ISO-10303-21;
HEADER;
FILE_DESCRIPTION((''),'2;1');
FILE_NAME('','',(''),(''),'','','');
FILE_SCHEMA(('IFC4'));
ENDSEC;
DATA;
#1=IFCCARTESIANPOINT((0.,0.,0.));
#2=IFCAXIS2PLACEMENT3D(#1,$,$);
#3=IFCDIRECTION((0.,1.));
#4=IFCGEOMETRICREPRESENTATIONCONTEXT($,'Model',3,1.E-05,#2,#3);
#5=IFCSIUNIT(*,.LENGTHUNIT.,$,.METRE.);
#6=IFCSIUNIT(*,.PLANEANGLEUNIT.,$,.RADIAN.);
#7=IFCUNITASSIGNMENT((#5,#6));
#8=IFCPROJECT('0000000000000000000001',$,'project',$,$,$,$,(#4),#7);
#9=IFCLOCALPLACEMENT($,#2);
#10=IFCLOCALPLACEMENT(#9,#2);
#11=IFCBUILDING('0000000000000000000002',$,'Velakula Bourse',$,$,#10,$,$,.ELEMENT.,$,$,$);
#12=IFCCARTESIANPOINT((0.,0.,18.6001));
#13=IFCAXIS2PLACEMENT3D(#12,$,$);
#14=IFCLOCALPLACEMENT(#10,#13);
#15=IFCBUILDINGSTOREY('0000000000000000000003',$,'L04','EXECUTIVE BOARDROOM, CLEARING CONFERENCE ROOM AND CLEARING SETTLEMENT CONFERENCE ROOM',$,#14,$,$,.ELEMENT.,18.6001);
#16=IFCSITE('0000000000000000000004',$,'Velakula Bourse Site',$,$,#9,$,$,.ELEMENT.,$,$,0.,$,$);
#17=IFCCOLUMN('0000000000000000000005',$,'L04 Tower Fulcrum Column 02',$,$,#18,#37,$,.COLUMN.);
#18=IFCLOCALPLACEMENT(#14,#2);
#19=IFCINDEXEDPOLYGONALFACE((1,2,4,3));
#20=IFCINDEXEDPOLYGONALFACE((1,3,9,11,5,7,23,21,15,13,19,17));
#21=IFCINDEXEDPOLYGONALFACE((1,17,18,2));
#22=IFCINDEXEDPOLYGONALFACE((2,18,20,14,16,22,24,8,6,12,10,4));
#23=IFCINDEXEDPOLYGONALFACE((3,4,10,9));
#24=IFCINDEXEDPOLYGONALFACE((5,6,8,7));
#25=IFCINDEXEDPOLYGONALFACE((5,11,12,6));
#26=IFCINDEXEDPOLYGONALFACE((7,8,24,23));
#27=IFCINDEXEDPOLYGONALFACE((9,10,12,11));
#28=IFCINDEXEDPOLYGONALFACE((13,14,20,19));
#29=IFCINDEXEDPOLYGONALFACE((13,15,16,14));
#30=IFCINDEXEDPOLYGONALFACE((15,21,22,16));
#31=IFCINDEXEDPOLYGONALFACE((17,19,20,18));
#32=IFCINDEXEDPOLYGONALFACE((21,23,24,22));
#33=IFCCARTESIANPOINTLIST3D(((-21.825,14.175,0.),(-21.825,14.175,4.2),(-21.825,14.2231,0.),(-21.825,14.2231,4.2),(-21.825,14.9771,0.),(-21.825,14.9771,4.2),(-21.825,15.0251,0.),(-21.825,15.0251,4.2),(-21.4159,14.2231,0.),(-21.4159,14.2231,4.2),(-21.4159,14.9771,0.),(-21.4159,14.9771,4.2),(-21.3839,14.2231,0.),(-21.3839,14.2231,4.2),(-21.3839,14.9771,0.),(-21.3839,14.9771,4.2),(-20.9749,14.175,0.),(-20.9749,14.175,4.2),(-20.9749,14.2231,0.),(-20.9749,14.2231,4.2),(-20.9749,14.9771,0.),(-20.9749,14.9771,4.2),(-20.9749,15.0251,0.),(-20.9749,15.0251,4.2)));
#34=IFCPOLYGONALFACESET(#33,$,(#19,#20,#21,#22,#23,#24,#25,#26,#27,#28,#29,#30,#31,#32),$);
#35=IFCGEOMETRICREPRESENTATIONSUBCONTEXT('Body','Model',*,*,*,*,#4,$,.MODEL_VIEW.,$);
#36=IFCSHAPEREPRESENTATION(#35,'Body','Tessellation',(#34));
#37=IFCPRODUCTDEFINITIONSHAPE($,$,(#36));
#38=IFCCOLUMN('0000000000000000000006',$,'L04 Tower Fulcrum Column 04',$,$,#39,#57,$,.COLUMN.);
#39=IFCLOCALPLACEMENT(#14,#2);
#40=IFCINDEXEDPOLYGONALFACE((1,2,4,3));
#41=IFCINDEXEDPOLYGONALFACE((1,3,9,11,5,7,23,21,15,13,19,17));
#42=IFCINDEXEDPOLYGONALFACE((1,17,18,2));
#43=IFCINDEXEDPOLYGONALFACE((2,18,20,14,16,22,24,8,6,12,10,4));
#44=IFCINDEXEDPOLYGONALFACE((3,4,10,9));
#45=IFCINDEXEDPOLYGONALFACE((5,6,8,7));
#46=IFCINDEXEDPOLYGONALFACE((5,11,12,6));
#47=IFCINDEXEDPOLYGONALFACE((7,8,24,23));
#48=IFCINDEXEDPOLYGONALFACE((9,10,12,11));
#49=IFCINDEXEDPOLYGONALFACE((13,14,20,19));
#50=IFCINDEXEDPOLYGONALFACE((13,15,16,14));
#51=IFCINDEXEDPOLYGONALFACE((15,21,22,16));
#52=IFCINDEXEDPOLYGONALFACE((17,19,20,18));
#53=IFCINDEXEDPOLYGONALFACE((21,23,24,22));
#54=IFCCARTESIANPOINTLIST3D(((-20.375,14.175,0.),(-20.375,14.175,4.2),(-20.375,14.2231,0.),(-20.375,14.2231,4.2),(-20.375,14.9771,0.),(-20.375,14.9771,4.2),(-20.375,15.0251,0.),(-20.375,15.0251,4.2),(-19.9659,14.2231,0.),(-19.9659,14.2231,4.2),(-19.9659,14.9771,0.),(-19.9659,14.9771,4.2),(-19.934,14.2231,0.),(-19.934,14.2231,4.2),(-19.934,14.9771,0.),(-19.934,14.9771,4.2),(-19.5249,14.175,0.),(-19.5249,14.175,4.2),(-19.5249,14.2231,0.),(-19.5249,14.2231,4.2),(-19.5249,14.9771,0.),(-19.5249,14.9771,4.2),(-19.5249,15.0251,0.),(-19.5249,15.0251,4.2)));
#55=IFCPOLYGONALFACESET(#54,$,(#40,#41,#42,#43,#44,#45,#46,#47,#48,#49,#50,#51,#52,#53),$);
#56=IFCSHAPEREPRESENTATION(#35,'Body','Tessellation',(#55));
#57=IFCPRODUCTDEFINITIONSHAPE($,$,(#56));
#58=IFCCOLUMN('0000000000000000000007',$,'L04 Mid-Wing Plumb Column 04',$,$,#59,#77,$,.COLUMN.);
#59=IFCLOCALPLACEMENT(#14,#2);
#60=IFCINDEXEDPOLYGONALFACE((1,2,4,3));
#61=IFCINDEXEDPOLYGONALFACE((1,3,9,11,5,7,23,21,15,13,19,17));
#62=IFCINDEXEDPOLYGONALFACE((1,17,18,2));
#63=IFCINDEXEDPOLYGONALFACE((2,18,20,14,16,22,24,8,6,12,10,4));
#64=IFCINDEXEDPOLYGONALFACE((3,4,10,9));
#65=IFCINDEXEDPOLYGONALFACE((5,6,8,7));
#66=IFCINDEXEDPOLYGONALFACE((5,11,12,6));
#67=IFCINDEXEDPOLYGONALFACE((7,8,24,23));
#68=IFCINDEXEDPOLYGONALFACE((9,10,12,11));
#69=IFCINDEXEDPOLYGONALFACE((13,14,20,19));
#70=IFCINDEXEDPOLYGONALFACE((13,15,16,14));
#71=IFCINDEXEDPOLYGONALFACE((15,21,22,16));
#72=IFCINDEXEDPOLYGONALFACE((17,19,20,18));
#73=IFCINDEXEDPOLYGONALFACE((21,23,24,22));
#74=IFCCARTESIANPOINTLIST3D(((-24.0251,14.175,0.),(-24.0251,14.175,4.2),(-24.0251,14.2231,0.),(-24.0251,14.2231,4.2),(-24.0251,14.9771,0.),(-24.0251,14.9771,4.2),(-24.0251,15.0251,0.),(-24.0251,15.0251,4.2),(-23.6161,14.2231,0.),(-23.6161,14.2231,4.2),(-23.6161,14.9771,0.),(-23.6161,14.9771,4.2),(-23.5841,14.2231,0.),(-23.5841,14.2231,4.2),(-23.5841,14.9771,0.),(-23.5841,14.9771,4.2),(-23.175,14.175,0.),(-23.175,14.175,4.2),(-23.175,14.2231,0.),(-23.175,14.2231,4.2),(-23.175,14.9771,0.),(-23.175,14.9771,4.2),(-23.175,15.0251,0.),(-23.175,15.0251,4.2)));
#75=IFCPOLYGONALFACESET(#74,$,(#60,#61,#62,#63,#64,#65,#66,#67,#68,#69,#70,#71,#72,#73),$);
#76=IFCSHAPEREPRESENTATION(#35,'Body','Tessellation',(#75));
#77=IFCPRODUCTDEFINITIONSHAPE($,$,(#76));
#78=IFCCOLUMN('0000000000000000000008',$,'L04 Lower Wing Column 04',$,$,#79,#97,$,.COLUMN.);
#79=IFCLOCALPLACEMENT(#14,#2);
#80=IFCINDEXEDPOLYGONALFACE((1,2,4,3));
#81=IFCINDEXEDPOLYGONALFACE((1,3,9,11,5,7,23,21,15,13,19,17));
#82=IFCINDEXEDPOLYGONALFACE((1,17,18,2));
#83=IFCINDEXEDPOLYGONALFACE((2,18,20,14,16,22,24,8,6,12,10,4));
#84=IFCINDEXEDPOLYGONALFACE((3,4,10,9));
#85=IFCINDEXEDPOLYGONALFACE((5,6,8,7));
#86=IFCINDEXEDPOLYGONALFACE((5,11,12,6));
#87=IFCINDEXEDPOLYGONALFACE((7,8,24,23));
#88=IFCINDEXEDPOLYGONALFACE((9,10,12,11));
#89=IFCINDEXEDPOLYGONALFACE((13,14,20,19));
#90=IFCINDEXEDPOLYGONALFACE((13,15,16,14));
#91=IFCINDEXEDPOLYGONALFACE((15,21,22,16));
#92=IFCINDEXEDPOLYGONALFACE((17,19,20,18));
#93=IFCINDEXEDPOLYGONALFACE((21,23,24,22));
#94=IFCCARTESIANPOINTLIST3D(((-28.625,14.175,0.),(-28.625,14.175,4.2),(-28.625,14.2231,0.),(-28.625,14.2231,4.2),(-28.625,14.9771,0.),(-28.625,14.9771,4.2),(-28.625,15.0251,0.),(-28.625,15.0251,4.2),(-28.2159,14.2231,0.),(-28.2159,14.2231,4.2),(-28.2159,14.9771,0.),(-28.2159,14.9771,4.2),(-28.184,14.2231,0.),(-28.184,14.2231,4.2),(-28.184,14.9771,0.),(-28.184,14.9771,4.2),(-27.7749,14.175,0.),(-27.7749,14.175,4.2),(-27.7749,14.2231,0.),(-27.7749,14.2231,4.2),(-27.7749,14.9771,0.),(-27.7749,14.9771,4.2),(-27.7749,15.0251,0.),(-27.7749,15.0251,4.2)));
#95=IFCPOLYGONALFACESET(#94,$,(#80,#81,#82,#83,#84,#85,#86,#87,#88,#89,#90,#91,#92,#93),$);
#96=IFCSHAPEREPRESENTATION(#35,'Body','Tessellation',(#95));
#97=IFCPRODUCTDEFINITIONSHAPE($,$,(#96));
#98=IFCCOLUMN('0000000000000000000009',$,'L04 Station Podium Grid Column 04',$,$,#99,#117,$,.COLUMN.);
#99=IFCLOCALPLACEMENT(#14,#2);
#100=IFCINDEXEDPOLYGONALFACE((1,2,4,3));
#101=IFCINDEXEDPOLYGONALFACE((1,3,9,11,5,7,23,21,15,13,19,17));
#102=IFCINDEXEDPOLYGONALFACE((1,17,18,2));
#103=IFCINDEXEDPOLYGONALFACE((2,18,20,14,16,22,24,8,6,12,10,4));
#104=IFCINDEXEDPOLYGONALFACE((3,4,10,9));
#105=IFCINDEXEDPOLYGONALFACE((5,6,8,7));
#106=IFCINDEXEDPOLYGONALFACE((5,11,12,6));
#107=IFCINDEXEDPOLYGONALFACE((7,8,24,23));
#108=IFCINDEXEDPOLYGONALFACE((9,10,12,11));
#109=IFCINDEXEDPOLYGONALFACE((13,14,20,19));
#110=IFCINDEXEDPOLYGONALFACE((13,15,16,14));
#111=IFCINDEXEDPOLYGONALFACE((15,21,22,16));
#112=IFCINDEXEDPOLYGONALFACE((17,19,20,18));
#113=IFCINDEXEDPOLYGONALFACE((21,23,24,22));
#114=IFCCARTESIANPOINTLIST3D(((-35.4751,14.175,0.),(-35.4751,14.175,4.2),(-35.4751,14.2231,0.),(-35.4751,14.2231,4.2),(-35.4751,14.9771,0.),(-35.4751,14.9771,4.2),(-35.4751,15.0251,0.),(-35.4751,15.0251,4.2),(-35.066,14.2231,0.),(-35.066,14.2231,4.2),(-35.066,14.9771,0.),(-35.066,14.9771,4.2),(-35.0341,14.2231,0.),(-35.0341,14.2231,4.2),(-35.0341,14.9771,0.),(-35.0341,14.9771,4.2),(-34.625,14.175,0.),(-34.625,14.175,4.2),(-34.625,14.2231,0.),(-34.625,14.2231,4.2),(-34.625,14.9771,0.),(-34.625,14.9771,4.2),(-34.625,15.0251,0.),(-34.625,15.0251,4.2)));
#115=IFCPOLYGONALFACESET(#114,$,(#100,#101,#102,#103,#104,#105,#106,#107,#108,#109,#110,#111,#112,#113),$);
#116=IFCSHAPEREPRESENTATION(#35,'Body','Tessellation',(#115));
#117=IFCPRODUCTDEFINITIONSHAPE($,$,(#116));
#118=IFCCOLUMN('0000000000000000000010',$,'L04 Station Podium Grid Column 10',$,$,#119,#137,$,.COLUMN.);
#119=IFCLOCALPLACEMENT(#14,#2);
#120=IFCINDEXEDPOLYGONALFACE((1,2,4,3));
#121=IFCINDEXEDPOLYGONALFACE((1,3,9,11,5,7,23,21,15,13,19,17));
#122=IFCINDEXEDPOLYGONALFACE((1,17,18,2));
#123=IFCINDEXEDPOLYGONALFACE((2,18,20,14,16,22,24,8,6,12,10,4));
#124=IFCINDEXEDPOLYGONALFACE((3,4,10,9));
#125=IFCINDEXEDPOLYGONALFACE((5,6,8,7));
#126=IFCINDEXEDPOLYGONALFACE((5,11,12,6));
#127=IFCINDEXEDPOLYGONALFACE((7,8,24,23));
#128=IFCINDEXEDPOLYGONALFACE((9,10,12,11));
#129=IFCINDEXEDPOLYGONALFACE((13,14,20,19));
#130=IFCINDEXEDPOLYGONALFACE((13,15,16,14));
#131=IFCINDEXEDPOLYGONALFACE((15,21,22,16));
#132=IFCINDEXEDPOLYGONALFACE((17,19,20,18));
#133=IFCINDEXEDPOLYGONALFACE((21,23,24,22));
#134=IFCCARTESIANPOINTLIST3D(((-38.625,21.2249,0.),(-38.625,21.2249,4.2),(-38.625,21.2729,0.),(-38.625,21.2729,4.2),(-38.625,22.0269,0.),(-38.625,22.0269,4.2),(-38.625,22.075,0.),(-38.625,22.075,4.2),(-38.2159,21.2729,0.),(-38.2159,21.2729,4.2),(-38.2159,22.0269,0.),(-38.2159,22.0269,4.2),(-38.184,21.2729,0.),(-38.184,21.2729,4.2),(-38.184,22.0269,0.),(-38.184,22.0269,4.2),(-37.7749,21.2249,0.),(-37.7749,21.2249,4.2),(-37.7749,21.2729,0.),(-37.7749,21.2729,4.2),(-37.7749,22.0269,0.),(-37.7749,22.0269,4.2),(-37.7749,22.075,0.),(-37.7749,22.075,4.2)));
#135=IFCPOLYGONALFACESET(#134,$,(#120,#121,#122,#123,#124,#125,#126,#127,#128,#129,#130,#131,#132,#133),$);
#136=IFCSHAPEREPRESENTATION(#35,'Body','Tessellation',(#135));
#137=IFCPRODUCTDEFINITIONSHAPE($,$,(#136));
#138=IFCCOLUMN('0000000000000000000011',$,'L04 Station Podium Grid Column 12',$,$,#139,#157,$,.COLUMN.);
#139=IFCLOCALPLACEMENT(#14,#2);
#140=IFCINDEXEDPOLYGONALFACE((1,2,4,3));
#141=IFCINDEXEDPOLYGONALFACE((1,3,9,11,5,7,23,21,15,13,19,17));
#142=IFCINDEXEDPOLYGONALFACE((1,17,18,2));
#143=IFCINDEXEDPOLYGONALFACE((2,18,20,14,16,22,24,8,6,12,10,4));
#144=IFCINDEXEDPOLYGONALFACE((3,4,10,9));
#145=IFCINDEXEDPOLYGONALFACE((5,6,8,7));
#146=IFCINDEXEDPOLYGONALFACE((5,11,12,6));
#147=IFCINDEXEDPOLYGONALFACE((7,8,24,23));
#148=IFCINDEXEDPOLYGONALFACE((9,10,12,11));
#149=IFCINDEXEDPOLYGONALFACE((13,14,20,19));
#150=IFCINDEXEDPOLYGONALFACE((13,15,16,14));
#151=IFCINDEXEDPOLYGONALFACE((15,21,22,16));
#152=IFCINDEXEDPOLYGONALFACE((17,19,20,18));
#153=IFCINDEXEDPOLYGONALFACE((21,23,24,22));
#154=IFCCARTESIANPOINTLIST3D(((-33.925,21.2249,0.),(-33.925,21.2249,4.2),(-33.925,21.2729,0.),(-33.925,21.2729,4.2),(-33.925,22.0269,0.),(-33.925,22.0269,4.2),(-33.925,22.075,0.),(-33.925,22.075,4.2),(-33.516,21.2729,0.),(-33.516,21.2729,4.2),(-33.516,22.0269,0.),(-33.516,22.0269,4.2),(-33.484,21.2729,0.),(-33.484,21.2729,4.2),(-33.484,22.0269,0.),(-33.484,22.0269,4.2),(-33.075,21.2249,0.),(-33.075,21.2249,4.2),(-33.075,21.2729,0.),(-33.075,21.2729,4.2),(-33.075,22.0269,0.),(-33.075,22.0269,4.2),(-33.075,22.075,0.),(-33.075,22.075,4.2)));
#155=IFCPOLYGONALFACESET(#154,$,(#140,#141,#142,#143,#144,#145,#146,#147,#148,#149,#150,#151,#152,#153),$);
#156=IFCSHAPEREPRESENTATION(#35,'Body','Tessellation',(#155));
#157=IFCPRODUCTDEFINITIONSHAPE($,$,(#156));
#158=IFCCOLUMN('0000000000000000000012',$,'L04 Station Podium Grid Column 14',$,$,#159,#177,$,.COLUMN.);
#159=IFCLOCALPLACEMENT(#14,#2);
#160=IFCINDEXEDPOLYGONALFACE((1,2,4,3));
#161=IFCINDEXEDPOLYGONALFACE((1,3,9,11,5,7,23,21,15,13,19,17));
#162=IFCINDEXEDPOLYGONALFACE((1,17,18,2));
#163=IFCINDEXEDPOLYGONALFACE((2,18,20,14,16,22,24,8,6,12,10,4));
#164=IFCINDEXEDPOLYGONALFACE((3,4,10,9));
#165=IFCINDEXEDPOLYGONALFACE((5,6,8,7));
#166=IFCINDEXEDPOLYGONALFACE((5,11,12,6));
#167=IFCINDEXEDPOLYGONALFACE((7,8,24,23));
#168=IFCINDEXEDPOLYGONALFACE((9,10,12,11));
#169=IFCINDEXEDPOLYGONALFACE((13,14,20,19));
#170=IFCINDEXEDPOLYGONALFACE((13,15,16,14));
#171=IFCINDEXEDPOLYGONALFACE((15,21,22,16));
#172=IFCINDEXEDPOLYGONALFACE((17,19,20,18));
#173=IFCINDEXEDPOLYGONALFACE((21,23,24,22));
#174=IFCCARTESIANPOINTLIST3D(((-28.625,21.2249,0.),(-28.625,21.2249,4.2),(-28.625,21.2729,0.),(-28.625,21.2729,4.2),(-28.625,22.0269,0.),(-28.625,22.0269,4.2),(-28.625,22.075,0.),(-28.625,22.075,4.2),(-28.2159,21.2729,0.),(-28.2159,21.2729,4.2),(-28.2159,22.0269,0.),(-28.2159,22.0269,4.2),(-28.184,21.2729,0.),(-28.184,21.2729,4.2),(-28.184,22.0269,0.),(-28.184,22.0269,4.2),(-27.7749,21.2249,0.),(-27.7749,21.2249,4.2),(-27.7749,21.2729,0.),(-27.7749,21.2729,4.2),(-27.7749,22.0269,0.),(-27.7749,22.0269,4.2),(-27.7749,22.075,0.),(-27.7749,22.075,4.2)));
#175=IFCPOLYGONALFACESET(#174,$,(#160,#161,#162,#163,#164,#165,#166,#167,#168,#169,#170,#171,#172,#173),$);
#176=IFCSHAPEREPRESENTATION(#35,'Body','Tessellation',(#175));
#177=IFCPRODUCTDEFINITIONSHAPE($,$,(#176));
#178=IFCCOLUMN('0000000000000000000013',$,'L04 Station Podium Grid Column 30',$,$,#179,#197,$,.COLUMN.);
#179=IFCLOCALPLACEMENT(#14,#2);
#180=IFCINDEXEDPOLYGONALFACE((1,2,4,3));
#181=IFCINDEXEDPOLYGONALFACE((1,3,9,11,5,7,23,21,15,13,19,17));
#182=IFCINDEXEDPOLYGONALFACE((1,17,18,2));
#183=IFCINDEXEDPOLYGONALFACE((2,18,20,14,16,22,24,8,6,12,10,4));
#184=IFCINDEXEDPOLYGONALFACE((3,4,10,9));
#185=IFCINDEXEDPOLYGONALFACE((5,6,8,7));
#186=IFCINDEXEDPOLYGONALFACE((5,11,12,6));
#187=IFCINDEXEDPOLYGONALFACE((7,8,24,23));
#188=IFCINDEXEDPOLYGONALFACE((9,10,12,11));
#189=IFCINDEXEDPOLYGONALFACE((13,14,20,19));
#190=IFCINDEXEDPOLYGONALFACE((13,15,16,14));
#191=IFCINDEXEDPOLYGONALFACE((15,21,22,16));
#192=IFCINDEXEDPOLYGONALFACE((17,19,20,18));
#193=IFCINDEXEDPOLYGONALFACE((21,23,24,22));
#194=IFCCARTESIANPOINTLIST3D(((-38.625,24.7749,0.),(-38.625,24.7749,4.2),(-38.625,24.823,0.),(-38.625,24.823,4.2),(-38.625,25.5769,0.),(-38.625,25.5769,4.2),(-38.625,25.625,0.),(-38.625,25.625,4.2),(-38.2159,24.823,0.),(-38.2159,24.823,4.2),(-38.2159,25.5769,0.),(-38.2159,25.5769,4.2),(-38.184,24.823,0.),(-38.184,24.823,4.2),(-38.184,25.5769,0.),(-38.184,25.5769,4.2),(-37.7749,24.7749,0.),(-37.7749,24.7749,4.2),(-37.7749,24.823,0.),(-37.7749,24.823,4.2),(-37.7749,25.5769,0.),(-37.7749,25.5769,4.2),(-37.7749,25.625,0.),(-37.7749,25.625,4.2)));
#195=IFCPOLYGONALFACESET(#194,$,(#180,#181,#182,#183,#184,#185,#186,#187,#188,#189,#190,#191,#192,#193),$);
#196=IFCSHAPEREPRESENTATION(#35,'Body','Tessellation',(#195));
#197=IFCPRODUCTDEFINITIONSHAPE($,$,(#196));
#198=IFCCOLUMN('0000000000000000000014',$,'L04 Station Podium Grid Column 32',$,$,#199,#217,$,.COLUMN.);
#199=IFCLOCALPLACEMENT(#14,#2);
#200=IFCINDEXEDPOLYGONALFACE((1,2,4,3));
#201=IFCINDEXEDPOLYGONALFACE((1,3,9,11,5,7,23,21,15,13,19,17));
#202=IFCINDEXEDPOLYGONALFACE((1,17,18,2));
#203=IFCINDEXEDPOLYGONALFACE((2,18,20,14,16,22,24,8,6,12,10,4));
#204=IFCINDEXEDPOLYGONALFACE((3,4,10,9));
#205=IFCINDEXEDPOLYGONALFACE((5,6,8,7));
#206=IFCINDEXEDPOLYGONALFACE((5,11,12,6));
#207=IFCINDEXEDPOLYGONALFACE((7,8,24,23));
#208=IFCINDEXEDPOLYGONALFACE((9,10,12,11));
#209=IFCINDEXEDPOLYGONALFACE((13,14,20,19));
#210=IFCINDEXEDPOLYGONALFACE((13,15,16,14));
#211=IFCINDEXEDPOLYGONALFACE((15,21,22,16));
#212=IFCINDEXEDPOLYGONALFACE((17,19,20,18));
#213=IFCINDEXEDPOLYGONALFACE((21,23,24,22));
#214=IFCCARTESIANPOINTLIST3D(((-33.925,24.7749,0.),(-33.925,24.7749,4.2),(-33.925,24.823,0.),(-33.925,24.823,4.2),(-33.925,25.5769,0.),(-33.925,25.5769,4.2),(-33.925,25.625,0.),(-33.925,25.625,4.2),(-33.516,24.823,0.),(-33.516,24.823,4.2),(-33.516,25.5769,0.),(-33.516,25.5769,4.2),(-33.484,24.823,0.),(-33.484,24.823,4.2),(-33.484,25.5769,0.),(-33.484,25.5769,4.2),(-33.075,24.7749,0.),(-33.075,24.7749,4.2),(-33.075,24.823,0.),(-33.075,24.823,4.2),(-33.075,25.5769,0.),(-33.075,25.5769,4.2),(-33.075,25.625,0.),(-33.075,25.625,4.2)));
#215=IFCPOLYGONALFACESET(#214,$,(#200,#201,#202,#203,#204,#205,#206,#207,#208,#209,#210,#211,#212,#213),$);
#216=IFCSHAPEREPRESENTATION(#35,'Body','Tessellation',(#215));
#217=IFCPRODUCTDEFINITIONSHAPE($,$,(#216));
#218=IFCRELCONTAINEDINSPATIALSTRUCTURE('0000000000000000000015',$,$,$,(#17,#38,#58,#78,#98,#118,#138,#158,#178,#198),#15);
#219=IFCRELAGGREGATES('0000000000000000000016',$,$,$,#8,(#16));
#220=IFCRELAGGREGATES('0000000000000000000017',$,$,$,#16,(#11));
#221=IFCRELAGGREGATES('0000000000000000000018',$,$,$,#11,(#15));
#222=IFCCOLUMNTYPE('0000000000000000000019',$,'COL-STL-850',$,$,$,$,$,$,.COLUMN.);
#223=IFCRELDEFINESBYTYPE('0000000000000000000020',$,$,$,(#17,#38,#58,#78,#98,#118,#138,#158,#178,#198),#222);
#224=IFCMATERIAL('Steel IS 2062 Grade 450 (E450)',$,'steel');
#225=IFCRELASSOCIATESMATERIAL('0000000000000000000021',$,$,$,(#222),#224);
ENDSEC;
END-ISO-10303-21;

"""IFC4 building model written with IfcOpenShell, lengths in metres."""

from ifc_helpers import new_model, si_unit, direction, frame, origin, origin_2d, place, context, subcontext, project, spatial, i_section, extrude, material, material_profile, profile_set, type_object, element, save


model = new_model("IFC4")

# Units and contexts
model_context = context("Model", 3, precision=1e-05, world=origin(), true_north=direction((0.0, 1.0)))
body_context = subcontext(model_context, "Body", "Model", "MODEL_VIEW")
ifc_project = project(units=[si_unit("LENGTHUNIT", "METRE"), si_unit("PLANEANGLEUNIT", "RADIAN")], contexts=[model_context])

# Site, building, storey
site_placement = place(None, origin())
site = spatial("IfcSite", under=ifc_project, at=site_placement, Name="Velakula Bourse Site", CompositionType="ELEMENT", RefElevation=0.0)
building_placement = place(site_placement, origin())
building = spatial("IfcBuilding", under=site, at=building_placement, Name="Velakula Bourse", CompositionType="ELEMENT")
storey_placement = place(building_placement, frame((0.0, 0.0, 18.6001)))
storey = spatial("IfcBuildingStorey", under=building, at=storey_placement, Name="L04", Description="EXECUTIVE BOARDROOM, CLEARING CONFERENCE ROOM AND CLEARING SETTLEMENT CONFERENCE ROOM", CompositionType="ELEMENT", Elevation=18.6001)

# Columns
ifc_material_1 = material(Name="Steel IS 2062 Grade 450 (E450)", Category="steel")
ifc_material_profile_1 = material_profile(ifc_material_1, i_section(OverallWidth=0.8501, OverallDepth=0.8501, WebThickness=0.032, FlangeThickness=0.0481, at=origin_2d()), Name="Steel IS 2062 Grade 450 (E450)")
ifc_profile_set_1 = profile_set([ifc_material_profile_1], Name="Steel IS 2062 Grade 450 (E450)")
column_type = type_object("IfcColumnType", Name="COL-STL-850", PredefinedType="COLUMN", material=ifc_profile_set_1)
for number, where, z_axis, x_axis, name in (
    (1, (-21.3999, 14.6001, 0.0), (0.0, 0.0, 1.0), (1.0, 0.0, 0.0), "L04 Tower Fulcrum Column 02"),
    (2, (-19.95, 14.6001, 0.0), (0.0, 0.0, 1.0), (1.0, 0.0, 0.0), "L04 Tower Fulcrum Column 04"),
    (3, (-23.6001, 14.6001, 0.0), (0.0, 0.0, 1.0), (1.0, 0.0, 0.0), "L04 Mid-Wing Plumb Column 04"),
    (4, (-28.2, 14.6001, 0.0), (0.0, 0.0, 1.0), (1.0, 0.0, 0.0), "L04 Lower Wing Column 04"),
    (5, (-35.05, 14.6001, 0.0), (0.0, 0.0, 1.0), (1.0, 0.0, 0.0), "L04 Station Podium Grid Column 04"),
    (6, (-38.2, 21.6499, 0.0), (0.0, 0.0, 1.0), (1.0, 0.0, 0.0), "L04 Station Podium Grid Column 10"),
    (7, (-33.5, 21.6499, 0.0), (0.0, 0.0, 1.0), (1.0, 0.0, 0.0), "L04 Station Podium Grid Column 12"),
    (8, (-28.2, 21.6499, 0.0), (0.0, 0.0, 1.0), (1.0, 0.0, 0.0), "L04 Station Podium Grid Column 14"),
    (9, (-38.2, 25.2, 0.0), (0.0, 0.0, 1.0), (1.0, 0.0, 0.0), "L04 Station Podium Grid Column 30"),
    (10, (-33.5, 25.2, 0.0), (0.0, 0.0, 1.0), (1.0, 0.0, 0.0), "L04 Station Podium Grid Column 32"),
):
    element("IfcColumn", number, at=place(storey_placement, frame(where, z_axis=z_axis, x_axis=x_axis)), inside=storey, type_object=column_type, Name=name, PredefinedType="COLUMN", context=body_context, shape_type="SweptSolid", body=[
        extrude(i_section(OverallWidth=0.8501, OverallDepth=0.8501, WebThickness=0.032, FlangeThickness=0.0481, at=origin_2d()), origin(), (0.0, 0.0, 1.0), 4.2),
    ])

save(model, "model.ifc")
